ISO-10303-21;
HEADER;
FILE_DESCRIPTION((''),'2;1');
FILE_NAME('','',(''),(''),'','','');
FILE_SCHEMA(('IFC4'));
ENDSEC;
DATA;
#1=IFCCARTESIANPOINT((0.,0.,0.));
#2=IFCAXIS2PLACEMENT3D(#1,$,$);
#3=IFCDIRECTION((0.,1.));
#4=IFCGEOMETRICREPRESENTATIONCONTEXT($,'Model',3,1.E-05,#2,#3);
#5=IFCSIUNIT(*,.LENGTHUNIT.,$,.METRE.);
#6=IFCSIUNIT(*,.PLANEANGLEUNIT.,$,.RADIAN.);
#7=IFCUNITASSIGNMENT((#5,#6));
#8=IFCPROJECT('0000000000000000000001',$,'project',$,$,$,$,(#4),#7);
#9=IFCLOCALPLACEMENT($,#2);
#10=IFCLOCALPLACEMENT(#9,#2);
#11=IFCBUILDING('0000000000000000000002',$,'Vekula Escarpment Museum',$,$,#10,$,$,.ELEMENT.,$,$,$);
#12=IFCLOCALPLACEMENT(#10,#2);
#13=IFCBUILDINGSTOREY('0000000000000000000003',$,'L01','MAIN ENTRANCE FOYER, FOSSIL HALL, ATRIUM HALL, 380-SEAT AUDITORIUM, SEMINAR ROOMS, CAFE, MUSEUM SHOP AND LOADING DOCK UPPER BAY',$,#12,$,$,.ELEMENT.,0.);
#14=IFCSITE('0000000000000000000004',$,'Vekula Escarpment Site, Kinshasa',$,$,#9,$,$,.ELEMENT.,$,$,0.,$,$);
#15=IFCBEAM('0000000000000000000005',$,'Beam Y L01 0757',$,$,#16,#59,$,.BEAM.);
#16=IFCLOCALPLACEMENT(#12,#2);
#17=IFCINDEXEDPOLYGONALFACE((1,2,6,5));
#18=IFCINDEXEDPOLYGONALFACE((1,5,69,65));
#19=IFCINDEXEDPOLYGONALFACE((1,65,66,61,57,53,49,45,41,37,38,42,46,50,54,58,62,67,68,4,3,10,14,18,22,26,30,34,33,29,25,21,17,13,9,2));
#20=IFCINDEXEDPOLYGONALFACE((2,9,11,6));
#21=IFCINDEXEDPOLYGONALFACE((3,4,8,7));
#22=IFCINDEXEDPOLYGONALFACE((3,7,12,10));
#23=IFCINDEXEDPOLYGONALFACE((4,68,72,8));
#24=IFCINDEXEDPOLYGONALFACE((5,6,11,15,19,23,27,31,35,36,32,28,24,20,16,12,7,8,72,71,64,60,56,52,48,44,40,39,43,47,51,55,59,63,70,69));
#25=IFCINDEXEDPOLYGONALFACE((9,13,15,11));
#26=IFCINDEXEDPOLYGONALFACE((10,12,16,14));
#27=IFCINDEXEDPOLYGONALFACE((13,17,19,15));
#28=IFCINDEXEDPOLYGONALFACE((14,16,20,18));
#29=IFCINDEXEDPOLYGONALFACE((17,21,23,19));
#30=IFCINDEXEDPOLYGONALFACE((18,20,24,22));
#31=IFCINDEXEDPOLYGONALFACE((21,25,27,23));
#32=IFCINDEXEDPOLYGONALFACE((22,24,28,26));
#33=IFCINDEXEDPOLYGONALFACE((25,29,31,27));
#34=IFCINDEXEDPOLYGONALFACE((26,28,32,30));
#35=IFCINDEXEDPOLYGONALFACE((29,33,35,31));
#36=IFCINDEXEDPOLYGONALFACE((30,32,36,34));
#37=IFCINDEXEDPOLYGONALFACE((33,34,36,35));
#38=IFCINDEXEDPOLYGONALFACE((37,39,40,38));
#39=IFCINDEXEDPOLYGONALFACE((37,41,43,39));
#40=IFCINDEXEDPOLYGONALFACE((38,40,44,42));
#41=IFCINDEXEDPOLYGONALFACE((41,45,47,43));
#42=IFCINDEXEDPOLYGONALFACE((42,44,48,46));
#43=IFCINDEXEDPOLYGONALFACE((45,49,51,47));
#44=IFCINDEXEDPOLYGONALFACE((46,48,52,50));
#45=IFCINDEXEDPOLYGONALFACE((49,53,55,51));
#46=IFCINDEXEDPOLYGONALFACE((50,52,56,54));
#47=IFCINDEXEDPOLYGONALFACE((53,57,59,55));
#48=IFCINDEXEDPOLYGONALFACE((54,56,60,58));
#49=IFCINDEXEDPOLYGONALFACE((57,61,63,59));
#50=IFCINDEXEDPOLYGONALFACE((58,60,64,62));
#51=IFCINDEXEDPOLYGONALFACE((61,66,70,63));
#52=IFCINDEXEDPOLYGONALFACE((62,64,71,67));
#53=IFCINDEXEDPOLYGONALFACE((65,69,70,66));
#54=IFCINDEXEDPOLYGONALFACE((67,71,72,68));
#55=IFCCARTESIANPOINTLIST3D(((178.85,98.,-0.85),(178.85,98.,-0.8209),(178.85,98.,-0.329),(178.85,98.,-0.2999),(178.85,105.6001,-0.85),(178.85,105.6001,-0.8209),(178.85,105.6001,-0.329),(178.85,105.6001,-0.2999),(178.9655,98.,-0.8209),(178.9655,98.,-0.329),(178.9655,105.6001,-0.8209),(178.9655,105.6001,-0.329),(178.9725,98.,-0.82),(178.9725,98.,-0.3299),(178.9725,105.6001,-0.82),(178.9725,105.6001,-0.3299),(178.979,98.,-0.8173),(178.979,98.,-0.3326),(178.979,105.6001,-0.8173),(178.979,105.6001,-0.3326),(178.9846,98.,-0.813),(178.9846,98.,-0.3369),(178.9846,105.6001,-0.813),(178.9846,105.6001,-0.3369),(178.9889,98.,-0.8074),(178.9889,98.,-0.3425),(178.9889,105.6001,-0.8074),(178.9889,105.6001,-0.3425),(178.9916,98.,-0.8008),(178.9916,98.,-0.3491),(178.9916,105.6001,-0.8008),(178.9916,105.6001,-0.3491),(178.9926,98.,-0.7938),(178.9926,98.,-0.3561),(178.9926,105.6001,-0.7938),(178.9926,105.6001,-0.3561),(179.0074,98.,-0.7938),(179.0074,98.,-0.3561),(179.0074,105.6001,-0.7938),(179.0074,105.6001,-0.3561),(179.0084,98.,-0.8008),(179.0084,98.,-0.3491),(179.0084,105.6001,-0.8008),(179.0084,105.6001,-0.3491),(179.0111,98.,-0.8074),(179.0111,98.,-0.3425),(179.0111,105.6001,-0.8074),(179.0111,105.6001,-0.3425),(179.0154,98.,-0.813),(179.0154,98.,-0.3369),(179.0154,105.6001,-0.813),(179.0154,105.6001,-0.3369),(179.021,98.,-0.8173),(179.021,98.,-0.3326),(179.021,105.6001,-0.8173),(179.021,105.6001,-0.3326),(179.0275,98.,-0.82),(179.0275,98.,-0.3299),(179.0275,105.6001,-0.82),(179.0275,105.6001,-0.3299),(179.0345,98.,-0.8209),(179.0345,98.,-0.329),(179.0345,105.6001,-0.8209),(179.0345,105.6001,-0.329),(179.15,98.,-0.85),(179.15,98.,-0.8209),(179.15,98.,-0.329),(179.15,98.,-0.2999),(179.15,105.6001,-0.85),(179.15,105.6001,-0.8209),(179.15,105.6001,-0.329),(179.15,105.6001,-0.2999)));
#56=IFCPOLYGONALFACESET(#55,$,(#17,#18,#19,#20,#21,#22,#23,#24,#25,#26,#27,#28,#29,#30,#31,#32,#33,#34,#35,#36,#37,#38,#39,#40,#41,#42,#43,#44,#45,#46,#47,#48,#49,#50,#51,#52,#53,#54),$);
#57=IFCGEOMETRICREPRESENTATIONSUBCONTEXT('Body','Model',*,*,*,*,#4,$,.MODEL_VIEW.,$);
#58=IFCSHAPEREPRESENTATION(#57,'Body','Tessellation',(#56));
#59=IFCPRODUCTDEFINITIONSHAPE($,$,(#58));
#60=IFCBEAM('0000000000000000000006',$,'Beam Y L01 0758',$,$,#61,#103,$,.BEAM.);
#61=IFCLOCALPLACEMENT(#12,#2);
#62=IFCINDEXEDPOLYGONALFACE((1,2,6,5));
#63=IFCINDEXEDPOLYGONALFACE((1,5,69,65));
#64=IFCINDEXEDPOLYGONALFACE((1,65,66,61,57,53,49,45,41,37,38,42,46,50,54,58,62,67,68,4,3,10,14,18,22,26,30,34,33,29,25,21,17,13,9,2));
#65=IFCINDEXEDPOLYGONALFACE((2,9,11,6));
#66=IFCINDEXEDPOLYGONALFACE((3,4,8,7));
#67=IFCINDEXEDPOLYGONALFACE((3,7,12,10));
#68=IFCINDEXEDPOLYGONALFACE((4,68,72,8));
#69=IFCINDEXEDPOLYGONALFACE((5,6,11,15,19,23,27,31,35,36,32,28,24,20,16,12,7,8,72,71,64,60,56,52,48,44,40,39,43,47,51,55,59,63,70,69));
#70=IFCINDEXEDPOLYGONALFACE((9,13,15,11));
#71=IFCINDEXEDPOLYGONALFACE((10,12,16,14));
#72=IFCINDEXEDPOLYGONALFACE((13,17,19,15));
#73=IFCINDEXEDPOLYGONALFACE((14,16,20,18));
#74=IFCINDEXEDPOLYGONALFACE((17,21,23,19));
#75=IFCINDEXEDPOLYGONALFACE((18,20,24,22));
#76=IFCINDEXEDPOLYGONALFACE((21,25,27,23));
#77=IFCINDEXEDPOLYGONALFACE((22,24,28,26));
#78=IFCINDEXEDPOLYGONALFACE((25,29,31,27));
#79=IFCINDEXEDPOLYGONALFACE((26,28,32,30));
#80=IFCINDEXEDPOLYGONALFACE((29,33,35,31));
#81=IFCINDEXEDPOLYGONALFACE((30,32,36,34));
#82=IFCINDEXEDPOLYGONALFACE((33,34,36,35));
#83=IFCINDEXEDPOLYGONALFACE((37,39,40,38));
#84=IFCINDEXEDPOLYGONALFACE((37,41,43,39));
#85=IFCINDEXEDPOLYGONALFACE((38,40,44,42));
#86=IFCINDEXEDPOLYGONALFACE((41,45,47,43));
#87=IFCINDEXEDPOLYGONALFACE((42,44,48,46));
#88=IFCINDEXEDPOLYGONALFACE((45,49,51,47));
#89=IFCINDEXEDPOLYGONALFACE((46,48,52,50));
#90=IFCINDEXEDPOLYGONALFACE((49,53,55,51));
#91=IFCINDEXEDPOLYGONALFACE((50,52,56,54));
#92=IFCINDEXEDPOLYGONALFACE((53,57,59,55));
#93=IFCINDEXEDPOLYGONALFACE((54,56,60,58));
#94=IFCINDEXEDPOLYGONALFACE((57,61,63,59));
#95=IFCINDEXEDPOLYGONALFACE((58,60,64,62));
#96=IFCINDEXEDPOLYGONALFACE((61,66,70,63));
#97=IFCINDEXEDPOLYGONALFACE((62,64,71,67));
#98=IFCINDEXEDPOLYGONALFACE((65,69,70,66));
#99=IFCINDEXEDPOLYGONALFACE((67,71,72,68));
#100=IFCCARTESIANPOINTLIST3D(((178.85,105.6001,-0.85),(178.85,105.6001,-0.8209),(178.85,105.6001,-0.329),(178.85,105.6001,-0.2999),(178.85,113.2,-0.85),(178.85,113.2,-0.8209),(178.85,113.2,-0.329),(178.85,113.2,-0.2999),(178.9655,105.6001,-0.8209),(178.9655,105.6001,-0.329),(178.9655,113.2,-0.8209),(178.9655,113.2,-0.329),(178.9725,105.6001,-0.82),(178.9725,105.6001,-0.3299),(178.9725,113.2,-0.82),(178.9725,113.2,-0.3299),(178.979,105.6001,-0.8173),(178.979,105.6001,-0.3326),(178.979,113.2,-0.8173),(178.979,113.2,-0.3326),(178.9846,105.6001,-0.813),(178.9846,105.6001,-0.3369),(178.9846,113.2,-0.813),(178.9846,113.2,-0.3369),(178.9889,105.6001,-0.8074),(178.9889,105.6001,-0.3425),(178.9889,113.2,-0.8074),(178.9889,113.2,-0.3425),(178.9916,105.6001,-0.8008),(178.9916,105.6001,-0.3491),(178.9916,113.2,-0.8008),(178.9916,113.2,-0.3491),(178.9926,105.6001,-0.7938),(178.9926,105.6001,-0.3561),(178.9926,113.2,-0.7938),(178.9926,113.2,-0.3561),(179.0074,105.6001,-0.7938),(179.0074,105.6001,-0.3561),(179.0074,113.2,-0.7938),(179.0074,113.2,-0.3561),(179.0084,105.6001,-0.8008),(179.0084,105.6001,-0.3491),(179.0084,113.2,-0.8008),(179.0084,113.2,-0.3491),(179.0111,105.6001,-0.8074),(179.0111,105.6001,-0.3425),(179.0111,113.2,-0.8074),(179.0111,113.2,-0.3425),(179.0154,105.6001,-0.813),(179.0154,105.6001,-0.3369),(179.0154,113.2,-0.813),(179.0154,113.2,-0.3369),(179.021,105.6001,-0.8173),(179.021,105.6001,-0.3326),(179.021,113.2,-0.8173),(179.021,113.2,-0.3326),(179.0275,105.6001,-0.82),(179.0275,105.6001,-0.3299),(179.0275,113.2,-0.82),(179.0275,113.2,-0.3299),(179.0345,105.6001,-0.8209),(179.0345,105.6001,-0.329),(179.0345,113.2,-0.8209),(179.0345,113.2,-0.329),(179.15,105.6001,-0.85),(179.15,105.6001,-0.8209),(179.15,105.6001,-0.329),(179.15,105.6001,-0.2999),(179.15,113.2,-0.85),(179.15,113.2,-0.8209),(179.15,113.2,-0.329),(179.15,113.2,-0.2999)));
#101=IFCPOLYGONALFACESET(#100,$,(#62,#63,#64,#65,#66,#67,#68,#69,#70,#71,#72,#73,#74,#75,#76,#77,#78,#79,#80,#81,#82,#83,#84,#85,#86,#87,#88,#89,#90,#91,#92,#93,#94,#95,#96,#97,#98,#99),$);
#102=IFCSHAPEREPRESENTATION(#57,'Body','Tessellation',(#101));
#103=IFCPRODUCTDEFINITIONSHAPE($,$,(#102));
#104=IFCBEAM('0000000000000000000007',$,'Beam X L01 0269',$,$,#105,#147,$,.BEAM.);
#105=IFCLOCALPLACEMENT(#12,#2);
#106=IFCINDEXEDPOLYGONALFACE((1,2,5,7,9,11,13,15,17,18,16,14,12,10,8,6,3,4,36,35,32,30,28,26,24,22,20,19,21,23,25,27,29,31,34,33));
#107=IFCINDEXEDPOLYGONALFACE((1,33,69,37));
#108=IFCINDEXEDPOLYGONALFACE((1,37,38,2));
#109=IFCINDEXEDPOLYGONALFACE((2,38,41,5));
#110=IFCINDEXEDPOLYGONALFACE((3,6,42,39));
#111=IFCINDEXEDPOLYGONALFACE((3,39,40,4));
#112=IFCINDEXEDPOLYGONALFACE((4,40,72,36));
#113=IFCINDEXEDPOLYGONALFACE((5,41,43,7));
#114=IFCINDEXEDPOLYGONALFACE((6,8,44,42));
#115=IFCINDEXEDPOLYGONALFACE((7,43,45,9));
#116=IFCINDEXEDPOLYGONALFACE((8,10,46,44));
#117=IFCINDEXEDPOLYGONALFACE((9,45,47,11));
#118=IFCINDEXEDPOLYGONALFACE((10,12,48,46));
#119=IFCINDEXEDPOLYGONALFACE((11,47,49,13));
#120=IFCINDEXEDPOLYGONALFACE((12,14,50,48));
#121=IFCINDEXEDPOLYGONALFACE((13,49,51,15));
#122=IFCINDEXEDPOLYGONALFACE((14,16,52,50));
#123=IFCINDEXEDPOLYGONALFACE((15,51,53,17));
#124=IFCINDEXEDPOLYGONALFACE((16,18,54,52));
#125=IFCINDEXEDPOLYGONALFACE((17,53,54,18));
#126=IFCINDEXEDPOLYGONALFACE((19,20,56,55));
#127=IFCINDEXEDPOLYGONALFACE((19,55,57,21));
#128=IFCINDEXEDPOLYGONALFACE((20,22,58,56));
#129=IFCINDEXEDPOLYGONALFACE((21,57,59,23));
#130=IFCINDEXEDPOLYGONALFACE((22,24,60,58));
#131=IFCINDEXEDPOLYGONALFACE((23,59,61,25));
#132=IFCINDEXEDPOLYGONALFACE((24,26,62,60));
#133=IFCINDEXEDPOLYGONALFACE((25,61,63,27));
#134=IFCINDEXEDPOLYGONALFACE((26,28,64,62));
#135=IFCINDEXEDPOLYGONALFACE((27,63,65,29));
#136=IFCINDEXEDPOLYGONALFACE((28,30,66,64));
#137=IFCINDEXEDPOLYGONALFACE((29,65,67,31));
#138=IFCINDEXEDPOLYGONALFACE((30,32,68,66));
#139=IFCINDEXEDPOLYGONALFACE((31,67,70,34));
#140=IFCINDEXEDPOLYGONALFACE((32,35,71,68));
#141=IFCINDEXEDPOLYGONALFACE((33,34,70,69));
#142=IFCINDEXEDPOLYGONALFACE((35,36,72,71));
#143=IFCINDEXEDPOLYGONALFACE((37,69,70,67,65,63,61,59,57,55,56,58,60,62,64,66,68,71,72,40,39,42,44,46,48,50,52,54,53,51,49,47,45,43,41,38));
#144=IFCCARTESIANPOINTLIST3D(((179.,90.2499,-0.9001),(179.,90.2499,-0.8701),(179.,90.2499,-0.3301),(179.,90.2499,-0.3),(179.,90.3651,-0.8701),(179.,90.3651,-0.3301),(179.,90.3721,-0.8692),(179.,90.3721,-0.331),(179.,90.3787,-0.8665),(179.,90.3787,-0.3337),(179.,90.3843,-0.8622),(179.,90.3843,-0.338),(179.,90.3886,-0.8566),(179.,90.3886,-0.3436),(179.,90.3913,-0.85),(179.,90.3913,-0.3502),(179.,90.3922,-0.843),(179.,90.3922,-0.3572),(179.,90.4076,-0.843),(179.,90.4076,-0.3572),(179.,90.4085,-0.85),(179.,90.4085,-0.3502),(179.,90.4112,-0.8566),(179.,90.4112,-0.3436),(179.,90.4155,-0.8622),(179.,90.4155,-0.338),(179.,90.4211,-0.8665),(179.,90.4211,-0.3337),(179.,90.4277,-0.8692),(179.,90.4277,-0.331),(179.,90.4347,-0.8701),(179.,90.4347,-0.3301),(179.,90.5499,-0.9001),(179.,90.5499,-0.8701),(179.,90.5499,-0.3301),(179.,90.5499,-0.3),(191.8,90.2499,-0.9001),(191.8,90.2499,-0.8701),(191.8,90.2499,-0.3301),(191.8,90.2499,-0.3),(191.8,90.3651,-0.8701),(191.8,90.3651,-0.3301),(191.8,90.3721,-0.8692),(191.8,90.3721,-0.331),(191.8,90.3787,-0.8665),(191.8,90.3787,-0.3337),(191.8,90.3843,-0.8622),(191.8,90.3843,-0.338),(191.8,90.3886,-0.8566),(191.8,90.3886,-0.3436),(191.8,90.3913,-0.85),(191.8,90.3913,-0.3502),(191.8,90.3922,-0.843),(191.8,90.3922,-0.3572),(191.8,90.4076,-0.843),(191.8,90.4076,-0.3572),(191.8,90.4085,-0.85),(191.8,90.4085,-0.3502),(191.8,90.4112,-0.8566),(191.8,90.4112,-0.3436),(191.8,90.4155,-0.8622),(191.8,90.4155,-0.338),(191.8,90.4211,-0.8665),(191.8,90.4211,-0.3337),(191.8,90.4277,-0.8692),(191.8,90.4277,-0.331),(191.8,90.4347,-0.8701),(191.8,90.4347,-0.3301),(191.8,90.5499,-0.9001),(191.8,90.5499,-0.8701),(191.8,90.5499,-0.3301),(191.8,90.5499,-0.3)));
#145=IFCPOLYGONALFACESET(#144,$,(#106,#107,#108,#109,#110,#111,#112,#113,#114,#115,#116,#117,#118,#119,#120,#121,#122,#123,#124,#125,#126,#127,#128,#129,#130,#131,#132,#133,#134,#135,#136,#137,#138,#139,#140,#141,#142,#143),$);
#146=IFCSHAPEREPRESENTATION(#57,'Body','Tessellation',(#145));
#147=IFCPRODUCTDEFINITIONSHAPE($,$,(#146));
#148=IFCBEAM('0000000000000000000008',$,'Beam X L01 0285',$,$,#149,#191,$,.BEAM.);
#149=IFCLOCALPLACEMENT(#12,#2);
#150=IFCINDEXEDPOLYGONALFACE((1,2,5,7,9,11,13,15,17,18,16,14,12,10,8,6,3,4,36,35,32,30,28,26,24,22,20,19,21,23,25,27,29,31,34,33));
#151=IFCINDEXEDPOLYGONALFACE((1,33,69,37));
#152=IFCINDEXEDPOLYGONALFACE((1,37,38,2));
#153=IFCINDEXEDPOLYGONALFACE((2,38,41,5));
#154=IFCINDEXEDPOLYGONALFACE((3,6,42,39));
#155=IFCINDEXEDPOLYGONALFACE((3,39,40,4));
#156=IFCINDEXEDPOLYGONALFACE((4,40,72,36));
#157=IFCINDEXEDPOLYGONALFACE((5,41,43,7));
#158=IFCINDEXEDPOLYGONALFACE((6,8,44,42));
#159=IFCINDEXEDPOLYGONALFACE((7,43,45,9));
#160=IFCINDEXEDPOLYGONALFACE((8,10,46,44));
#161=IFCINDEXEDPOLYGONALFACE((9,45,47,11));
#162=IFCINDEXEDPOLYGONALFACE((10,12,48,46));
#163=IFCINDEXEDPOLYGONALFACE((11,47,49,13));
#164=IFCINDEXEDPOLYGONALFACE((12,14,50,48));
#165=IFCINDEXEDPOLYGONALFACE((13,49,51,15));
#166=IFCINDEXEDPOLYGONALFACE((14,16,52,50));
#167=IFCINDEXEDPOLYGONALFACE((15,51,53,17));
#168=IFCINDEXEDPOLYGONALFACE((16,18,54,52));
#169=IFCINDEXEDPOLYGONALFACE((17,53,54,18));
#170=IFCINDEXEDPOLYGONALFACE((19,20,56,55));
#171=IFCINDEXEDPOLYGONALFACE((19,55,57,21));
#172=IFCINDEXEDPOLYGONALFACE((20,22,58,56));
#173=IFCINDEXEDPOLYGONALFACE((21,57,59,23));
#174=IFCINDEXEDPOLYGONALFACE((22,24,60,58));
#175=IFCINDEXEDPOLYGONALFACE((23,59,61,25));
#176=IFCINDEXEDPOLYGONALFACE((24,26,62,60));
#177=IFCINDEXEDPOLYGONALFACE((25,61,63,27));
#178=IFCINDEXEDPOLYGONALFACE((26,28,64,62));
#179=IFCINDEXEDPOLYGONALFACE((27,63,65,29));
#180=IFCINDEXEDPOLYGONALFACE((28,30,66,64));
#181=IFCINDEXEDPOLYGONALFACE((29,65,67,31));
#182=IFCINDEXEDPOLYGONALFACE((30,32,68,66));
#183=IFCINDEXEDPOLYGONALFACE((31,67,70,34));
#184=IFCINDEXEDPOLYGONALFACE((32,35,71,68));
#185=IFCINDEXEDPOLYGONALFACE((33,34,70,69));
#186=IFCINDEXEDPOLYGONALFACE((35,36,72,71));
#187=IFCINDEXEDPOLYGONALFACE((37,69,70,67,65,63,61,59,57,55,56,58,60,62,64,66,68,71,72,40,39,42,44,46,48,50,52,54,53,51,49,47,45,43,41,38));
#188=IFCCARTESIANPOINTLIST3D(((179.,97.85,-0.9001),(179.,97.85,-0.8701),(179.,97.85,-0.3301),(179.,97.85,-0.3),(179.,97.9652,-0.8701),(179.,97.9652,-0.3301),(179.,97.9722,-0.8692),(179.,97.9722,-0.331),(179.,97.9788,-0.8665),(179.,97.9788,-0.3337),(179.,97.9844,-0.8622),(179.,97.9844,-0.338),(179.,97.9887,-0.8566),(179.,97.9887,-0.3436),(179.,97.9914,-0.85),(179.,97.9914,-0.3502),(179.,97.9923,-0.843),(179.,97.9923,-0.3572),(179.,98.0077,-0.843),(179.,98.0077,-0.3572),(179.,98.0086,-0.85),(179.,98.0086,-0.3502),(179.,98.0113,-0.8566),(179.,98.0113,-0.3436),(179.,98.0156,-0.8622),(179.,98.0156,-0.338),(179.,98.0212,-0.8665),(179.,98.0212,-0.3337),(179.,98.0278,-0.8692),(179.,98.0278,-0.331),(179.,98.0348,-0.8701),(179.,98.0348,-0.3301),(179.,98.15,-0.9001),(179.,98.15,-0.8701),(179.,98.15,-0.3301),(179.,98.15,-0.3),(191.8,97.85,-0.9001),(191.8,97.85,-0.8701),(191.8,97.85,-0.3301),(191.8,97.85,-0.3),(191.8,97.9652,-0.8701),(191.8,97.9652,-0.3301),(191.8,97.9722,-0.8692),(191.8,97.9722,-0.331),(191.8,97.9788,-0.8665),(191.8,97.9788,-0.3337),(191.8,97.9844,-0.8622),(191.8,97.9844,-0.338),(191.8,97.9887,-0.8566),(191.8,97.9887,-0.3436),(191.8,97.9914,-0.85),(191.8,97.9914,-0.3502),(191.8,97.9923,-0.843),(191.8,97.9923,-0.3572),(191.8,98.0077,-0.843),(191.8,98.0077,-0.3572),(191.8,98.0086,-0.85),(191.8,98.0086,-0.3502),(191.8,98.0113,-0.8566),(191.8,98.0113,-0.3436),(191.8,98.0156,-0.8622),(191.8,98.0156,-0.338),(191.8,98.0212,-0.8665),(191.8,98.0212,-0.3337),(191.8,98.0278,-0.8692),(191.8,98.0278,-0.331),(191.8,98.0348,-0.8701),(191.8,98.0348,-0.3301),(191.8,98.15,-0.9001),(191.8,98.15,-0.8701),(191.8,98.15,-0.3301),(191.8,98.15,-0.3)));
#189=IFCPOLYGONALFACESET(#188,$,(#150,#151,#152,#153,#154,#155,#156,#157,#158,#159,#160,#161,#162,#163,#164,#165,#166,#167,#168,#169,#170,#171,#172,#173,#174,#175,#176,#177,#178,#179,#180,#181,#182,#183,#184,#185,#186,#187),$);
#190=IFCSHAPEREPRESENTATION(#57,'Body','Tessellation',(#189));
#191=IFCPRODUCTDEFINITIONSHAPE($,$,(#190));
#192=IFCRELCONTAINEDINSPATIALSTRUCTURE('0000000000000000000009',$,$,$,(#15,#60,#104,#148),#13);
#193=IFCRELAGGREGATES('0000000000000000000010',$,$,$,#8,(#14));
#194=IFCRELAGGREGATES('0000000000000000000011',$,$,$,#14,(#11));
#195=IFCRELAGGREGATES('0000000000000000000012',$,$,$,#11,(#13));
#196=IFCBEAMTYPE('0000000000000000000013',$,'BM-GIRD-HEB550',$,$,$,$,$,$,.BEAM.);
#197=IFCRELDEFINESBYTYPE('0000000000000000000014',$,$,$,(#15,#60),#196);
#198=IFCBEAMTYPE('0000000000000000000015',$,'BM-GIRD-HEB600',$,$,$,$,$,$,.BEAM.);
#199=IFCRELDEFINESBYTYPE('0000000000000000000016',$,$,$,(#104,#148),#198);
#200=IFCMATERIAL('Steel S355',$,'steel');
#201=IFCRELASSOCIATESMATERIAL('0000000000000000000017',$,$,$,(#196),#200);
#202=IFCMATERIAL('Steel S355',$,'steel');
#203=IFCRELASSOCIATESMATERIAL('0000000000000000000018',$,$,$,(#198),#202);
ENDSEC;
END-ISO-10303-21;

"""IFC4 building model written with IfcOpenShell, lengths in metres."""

from ifc_helpers import new_model, si_unit, direction, frame, origin, origin_2d, place, context, subcontext, project, spatial, i_section, extrude, material, material_profile, profile_set, type_object, element, save


model = new_model("IFC4")

# Units and contexts
model_context = context("Model", 3, precision=1e-05, world=origin(), true_north=direction((0.0, 1.0)))
body_context = subcontext(model_context, "Body", "Model", "MODEL_VIEW")
ifc_project = project(units=[si_unit("LENGTHUNIT", "METRE"), si_unit("PLANEANGLEUNIT", "RADIAN")], contexts=[model_context])

# Site, building, storey
site_placement = place(None, origin())
site = spatial("IfcSite", under=ifc_project, at=site_placement, Name="Vekula Escarpment Site, Kinshasa", CompositionType="ELEMENT", RefElevation=0.0)
building_placement = place(site_placement, origin())
building = spatial("IfcBuilding", under=site, at=building_placement, Name="Vekula Escarpment Museum", CompositionType="ELEMENT")
storey_placement = place(building_placement, origin())
storey = spatial("IfcBuildingStorey", under=building, at=storey_placement, Name="L01", Description="MAIN ENTRANCE FOYER, FOSSIL HALL, ATRIUM HALL, 380-SEAT AUDITORIUM, SEMINAR ROOMS, CAFE, MUSEUM SHOP AND LOADING DOCK UPPER BAY", CompositionType="ELEMENT", Elevation=0.0)

# Beams
ifc_material_1 = material(Name="Steel S355", Category="steel")
ifc_material_profile_1 = material_profile(ifc_material_1, i_section(OverallWidth=0.3, OverallDepth=0.55, WebThickness=0.0149, FlangeThickness=0.0291, FilletRadius=0.0271, at=origin_2d()), Name="HEB 550")
ifc_profile_set_1 = profile_set([ifc_material_profile_1], Name="Steel S355")
beam_type_1 = type_object("IfcBeamType", Name="BM-GIRD-HEB550", PredefinedType="BEAM", material=ifc_profile_set_1)
for number, where, z_axis, x_axis, name in (
    (1, (179.0, 98.0, -0.575), (0.0, 1.0, 0.0), (-1.0, 0.0, 0.0), "Beam Y L01 0757"),
):
    element("IfcBeam", number, at=place(storey_placement, frame(where, z_axis=z_axis, x_axis=x_axis)), inside=storey, type_object=beam_type_1, Name=name, PredefinedType="BEAM", context=body_context, shape_type="SweptSolid", body=[
        extrude(i_section(OverallWidth=0.3, OverallDepth=0.55, WebThickness=0.0149, FlangeThickness=0.0291, FilletRadius=0.0271, at=origin_2d()), origin(), (0.0, 0.0, 1.0), 7.6001),
    ])
beam_1_placement = place(storey_placement, frame((179.0, 105.6001, -0.575), z_axis=(0.0, 1.0, 0.0), x_axis=(-1.0, 0.0, 0.0)))
element("IfcBeam", 2, at=beam_1_placement, inside=storey, type_object=beam_type_1, Name="Beam Y L01 0758", PredefinedType="BEAM", context=body_context, shape_type="SweptSolid", body=[
    extrude(i_section(OverallWidth=0.3, OverallDepth=0.55, WebThickness=0.0149, FlangeThickness=0.0291, FilletRadius=0.0271, at=origin_2d()), origin(), (0.0, 0.0, 1.0), 7.5999),
])
ifc_material_2 = material(Name="Steel S355", Category="steel")
ifc_material_profile_2 = material_profile(ifc_material_2, i_section(OverallWidth=0.3, OverallDepth=0.6001, WebThickness=0.0154, FlangeThickness=0.03, FilletRadius=0.0271, at=origin_2d()), Name="HEB 600")
ifc_profile_set_2 = profile_set([ifc_material_profile_2], Name="Steel S355")
beam_type_2 = type_object("IfcBeamType", Name="BM-GIRD-HEB600", PredefinedType="BEAM", material=ifc_profile_set_2)
for number, where, z_axis, x_axis, name in (
    (3, (179.0, 90.3999, -0.6001), (1.0, 0.0, 0.0), (0.0, 1.0, 0.0), "Beam X L01 0269"),
    (4, (179.0, 98.0, -0.6001), (1.0, 0.0, 0.0), (0.0, 1.0, 0.0), "Beam X L01 0285"),
):
    element("IfcBeam", number, at=place(storey_placement, frame(where, z_axis=z_axis, x_axis=x_axis)), inside=storey, type_object=beam_type_2, Name=name, PredefinedType="BEAM", context=body_context, shape_type="SweptSolid", body=[
        extrude(i_section(OverallWidth=0.3, OverallDepth=0.6001, WebThickness=0.0154, FlangeThickness=0.03, FilletRadius=0.0271, at=origin_2d()), origin(), (0.0, 0.0, 1.0), 12.8),
    ])

save(model, "model.ifc")
